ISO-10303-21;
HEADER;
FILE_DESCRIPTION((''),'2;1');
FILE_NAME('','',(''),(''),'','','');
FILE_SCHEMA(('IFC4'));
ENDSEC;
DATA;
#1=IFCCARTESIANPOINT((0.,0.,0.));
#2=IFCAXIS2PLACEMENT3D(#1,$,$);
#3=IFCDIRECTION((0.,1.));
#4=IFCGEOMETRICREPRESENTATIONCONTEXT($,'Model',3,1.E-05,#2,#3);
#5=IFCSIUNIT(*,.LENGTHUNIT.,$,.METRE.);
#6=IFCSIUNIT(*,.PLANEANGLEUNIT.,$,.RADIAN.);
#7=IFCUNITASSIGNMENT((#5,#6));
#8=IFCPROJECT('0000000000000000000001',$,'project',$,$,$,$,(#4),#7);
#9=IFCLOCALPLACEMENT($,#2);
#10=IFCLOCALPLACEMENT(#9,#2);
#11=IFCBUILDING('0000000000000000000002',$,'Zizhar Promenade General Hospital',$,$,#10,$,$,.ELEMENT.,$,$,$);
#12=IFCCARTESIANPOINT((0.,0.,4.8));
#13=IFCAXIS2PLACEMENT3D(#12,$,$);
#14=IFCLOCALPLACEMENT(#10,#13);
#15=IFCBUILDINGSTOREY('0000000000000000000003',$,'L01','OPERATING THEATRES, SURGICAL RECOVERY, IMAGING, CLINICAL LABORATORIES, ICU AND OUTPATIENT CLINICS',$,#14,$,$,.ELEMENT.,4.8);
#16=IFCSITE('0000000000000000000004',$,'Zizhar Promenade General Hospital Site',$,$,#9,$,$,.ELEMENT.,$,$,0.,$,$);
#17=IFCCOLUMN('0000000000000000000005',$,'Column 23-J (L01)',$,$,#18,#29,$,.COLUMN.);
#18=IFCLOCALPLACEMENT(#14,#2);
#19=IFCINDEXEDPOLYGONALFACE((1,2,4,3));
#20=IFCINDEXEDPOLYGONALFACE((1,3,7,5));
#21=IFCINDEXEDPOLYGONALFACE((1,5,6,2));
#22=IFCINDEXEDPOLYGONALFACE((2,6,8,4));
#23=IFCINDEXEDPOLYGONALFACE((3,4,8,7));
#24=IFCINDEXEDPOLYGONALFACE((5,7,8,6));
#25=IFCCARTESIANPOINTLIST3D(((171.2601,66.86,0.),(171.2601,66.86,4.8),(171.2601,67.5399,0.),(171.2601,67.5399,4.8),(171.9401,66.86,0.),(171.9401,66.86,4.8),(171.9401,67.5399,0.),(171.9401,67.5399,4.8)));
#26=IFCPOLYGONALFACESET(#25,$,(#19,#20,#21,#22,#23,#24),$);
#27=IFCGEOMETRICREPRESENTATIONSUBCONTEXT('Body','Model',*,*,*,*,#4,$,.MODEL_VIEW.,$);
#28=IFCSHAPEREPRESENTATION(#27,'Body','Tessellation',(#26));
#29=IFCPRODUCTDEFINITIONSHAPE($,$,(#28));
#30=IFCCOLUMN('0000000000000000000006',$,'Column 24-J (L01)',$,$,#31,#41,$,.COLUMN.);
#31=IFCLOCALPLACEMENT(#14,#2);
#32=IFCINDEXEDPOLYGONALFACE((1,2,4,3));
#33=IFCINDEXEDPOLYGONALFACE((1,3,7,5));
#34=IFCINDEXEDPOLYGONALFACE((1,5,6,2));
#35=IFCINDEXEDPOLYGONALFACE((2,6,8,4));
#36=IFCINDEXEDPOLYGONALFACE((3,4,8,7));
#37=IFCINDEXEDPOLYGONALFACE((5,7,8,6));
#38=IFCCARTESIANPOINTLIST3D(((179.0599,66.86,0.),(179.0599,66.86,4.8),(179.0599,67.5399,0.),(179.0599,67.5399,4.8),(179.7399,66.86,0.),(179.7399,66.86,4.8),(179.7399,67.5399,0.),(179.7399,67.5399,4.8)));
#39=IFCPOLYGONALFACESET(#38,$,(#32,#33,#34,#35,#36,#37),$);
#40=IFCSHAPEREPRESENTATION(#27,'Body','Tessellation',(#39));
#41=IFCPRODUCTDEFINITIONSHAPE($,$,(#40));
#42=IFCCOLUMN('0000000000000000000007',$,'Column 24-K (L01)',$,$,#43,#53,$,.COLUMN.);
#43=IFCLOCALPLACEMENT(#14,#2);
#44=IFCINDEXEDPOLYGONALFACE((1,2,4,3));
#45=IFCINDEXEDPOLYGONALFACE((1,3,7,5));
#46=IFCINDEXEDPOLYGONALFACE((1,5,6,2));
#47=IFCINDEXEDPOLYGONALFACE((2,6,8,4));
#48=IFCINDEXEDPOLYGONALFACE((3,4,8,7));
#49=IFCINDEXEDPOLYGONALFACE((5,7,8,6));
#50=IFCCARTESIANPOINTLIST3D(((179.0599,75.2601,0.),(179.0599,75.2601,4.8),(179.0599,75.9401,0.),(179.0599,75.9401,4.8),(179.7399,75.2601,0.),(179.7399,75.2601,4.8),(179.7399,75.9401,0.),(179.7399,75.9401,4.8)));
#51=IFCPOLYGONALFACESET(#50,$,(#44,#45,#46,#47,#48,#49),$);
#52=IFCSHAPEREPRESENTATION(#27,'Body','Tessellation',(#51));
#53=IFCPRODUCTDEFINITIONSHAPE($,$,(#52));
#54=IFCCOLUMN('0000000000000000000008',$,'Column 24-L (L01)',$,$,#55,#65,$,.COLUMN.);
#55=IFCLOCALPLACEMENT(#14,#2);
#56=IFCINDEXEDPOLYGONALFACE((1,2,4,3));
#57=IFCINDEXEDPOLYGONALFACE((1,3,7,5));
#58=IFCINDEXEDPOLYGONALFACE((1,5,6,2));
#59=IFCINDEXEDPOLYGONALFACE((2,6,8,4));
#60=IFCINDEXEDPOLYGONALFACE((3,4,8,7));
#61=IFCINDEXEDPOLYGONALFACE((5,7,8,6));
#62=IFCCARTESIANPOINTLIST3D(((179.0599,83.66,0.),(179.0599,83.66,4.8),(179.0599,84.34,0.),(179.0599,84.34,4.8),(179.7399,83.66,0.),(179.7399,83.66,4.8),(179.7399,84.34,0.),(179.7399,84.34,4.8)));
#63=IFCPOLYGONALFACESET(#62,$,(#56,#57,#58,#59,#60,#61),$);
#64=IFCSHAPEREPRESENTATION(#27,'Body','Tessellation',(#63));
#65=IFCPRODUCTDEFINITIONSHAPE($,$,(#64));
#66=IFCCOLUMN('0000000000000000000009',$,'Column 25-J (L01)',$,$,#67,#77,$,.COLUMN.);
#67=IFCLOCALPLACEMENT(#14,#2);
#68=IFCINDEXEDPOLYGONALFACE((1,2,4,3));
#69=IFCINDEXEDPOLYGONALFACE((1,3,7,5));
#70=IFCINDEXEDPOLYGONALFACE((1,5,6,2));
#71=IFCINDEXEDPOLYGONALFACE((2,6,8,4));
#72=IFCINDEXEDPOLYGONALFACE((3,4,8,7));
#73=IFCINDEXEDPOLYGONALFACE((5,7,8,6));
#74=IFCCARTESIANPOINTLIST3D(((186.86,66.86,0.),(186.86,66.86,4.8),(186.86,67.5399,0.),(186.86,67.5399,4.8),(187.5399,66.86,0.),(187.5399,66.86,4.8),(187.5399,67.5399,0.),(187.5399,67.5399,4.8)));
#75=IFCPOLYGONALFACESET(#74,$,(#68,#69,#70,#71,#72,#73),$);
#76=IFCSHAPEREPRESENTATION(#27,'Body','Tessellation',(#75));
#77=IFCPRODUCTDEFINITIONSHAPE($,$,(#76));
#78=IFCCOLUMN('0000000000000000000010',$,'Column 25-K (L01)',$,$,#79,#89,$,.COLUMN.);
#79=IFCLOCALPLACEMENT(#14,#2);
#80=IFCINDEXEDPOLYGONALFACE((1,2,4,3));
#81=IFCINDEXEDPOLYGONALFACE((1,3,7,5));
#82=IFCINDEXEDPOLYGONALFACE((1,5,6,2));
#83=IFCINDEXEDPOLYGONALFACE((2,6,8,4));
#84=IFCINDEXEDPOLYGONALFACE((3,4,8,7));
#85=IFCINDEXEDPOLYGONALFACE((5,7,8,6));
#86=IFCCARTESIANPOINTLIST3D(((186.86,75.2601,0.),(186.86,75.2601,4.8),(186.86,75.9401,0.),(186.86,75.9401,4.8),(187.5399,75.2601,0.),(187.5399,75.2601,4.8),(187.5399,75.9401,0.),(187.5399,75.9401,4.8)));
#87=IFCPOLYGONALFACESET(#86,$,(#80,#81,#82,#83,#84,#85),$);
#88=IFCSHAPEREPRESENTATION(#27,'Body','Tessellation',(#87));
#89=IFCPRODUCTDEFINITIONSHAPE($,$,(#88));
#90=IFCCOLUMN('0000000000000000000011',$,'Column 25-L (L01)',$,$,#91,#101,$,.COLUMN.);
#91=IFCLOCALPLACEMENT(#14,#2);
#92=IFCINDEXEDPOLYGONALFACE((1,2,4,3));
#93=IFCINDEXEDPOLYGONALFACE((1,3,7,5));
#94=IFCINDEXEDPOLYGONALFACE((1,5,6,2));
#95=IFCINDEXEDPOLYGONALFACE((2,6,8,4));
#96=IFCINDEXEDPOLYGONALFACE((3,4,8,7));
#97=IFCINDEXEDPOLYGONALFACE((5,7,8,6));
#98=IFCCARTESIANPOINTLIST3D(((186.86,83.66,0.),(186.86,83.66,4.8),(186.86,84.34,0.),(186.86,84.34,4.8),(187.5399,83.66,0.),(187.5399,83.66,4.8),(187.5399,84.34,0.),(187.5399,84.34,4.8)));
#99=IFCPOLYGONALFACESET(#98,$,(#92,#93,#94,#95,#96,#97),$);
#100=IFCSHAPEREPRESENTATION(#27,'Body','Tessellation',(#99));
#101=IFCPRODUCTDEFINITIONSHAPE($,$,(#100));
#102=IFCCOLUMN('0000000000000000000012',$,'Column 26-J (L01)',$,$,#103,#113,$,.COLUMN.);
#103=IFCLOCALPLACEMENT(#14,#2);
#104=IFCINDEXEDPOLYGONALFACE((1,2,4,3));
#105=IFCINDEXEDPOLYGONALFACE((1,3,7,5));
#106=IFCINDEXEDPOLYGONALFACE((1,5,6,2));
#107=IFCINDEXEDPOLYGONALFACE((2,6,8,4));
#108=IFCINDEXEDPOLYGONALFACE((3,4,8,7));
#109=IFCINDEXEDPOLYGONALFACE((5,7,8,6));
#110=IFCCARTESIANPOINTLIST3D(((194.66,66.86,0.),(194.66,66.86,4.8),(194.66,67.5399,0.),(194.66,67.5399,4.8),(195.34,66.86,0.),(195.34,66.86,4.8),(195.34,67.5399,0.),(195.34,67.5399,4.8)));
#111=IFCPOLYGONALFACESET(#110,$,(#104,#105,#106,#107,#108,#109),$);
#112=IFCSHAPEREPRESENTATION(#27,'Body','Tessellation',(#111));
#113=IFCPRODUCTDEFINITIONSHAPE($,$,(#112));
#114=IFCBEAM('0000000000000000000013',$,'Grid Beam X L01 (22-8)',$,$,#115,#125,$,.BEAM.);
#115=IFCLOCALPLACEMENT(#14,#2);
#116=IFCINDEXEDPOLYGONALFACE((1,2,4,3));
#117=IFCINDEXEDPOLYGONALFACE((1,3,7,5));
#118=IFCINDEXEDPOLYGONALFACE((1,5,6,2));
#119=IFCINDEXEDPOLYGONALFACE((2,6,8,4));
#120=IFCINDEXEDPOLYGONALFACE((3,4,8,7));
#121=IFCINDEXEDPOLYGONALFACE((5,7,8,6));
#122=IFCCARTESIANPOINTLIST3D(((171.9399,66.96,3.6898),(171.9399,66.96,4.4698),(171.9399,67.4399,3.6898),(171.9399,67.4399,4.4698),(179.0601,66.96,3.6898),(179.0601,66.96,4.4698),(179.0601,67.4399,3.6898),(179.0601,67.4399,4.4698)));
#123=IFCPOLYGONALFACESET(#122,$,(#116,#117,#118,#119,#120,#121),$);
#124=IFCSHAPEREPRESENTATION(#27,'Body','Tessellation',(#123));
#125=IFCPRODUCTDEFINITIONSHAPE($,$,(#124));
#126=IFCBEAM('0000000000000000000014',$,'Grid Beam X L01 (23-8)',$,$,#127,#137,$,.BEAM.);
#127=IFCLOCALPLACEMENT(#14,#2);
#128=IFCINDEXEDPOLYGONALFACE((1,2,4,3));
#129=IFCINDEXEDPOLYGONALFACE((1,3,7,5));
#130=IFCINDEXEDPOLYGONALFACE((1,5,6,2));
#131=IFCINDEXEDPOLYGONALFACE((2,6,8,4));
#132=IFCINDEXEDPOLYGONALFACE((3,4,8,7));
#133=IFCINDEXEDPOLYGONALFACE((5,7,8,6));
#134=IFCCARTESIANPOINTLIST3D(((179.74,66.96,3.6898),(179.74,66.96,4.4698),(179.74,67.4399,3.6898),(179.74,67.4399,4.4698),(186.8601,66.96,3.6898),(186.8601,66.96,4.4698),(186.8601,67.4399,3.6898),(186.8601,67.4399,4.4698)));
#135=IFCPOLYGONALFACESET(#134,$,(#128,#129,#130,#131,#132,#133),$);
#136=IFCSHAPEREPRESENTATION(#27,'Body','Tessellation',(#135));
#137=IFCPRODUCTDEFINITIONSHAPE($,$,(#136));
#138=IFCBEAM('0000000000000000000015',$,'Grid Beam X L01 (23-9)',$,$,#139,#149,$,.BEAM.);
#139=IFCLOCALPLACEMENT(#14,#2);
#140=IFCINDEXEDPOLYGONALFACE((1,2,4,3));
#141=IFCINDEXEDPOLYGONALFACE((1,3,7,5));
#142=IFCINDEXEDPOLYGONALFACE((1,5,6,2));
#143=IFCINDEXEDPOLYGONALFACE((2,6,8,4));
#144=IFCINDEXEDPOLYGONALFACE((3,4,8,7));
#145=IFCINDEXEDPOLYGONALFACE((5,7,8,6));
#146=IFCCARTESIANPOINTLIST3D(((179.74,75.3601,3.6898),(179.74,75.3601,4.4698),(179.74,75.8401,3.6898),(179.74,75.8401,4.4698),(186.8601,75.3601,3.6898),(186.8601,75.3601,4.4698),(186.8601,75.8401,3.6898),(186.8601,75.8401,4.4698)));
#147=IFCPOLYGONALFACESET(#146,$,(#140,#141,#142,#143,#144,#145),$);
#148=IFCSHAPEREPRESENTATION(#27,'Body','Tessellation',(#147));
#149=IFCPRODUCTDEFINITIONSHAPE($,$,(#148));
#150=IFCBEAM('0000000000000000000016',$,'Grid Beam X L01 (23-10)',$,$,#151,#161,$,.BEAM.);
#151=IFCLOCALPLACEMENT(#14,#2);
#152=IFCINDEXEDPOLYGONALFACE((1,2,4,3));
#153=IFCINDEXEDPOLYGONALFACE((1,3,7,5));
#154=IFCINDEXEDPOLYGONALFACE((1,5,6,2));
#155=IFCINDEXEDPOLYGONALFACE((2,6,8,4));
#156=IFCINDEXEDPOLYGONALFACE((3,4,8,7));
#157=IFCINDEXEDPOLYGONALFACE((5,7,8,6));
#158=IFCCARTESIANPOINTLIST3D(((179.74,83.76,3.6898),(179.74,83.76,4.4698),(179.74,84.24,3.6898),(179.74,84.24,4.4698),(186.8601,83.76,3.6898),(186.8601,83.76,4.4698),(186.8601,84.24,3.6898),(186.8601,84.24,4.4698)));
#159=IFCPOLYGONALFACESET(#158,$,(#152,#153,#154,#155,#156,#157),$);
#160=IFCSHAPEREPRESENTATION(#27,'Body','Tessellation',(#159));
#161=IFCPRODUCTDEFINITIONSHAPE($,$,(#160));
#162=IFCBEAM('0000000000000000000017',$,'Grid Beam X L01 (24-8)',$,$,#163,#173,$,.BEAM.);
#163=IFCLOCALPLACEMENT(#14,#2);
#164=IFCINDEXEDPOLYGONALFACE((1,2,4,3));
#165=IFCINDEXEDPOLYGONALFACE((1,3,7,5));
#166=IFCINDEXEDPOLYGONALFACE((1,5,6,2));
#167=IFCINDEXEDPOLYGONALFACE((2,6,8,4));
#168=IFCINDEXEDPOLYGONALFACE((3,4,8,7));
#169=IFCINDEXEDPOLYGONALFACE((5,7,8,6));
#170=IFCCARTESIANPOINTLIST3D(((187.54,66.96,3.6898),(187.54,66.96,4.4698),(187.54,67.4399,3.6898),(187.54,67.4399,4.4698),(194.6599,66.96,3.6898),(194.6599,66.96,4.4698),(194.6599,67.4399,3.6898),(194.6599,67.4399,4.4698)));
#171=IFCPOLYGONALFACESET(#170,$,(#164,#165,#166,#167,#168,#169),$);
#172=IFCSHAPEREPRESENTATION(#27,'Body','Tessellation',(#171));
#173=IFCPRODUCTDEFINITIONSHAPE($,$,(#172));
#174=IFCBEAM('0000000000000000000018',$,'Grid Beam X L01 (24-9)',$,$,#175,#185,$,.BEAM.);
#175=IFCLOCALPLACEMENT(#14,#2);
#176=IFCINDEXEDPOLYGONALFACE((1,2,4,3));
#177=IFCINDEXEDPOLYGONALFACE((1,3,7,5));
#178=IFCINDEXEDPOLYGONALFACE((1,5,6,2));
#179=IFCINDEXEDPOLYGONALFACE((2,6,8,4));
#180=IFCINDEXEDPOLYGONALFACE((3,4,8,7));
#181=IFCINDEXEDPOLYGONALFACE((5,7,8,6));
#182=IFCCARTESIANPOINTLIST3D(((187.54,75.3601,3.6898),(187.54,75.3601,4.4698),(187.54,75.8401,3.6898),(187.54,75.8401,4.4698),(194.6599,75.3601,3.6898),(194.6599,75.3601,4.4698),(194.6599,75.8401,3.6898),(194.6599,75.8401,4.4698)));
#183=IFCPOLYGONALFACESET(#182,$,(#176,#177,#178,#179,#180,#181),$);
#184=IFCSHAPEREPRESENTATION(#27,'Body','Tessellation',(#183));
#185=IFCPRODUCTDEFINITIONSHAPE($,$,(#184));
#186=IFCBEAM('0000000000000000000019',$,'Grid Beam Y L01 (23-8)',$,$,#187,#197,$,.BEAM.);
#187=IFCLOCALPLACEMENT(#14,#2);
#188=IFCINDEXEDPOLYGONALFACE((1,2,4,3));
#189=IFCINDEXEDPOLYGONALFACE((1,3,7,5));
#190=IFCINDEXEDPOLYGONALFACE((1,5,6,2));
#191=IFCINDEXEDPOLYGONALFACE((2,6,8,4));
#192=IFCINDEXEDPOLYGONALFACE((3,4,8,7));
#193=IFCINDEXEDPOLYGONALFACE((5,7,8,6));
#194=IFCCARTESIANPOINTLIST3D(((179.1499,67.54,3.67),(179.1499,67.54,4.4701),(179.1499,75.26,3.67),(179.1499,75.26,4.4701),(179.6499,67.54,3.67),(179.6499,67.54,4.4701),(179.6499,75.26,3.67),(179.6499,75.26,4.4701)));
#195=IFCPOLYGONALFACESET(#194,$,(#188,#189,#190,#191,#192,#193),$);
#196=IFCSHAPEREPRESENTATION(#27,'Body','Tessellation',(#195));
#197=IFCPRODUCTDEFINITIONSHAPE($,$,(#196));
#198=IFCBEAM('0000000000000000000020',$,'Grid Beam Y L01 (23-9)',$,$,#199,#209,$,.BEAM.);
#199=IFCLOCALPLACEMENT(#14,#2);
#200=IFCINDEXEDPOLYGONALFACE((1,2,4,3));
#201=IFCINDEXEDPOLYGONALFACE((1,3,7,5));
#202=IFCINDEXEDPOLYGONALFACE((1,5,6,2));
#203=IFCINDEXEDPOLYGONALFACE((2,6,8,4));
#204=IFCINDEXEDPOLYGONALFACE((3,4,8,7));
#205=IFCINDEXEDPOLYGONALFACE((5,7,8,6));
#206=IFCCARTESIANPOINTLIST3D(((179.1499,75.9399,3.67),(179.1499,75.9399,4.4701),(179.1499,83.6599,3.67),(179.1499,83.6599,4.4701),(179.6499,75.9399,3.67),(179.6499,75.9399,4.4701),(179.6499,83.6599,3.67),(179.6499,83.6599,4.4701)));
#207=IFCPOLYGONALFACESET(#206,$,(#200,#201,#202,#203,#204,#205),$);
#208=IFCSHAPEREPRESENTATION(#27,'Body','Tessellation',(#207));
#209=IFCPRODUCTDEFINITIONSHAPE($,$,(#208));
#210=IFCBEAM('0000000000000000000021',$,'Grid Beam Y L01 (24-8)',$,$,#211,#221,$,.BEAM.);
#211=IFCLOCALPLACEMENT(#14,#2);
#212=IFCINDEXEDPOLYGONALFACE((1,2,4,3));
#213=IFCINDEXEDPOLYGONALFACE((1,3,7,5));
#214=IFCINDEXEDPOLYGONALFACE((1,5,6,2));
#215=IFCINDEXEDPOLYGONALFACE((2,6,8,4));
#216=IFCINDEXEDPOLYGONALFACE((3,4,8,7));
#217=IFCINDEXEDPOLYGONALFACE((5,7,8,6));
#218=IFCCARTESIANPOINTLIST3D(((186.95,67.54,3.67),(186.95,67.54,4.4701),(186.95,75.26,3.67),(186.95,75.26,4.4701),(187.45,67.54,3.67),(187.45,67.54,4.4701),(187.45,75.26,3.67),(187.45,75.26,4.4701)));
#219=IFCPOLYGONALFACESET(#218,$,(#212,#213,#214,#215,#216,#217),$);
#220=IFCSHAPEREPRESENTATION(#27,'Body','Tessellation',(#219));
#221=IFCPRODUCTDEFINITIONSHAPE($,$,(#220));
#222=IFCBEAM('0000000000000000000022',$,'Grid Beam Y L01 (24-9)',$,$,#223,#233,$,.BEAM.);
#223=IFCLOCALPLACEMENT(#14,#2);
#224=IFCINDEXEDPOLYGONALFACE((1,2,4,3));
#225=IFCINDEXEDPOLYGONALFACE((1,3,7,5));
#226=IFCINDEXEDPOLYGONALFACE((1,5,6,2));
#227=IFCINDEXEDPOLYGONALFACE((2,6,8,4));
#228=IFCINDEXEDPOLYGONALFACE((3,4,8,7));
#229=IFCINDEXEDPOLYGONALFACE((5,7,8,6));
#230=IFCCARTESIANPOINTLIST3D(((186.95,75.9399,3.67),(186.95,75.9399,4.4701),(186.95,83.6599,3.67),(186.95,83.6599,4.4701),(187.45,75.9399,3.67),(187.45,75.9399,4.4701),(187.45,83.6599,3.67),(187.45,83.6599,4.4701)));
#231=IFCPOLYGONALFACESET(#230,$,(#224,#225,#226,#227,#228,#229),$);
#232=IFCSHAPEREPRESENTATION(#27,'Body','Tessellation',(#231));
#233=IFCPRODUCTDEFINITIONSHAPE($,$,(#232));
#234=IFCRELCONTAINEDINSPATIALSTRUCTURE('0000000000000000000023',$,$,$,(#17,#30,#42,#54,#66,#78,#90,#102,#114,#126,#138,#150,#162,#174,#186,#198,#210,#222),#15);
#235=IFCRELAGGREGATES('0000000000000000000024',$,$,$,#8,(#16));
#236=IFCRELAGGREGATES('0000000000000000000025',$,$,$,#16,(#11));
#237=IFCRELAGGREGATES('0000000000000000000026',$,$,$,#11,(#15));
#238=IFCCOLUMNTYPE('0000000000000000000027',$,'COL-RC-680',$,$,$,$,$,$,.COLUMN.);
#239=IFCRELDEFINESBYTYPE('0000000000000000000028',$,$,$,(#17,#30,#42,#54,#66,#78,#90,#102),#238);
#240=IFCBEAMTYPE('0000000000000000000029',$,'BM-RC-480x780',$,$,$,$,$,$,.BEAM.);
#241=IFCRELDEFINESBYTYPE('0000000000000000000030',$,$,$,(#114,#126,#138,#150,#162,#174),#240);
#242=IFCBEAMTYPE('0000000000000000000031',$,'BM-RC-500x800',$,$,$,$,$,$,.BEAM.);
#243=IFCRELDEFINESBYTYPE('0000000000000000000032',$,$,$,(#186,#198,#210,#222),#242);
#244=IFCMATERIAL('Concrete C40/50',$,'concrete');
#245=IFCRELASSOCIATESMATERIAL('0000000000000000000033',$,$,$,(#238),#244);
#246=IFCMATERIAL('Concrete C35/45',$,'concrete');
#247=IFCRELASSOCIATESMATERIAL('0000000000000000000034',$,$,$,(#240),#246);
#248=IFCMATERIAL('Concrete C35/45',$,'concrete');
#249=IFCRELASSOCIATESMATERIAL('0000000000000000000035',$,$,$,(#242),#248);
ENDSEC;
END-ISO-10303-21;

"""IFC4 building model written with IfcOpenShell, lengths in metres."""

from ifc_helpers import new_model, si_unit, direction, frame, origin, origin_2d, place, context, subcontext, project, spatial, rectangle, extrude, material, material_profile, profile_set, type_object, element, save


model = new_model("IFC4")

# Units and contexts
model_context = context("Model", 3, precision=1e-05, world=origin(), true_north=direction((0.0, 1.0)))
body_context = subcontext(model_context, "Body", "Model", "MODEL_VIEW")
ifc_project = project(units=[si_unit("LENGTHUNIT", "METRE"), si_unit("PLANEANGLEUNIT", "RADIAN")], contexts=[model_context])

# Site, building, storey
site_placement = place(None, origin())
site = spatial("IfcSite", under=ifc_project, at=site_placement, Name="Zizhar Promenade General Hospital Site", CompositionType="ELEMENT", RefElevation=0.0)
building_placement = place(site_placement, origin())
building = spatial("IfcBuilding", under=site, at=building_placement, Name="Zizhar Promenade General Hospital", CompositionType="ELEMENT")
storey_placement = place(building_placement, frame((0.0, 0.0, 4.8)))
storey = spatial("IfcBuildingStorey", under=building, at=storey_placement, Name="L01", Description="OPERATING THEATRES, SURGICAL RECOVERY, IMAGING, CLINICAL LABORATORIES, ICU AND OUTPATIENT CLINICS", CompositionType="ELEMENT", Elevation=4.8)

# Columns
ifc_material_1 = material(Name="Concrete C40/50", Category="concrete")
ifc_material_profile_1 = material_profile(ifc_material_1, rectangle(XDim=0.6799, YDim=0.6799, at=origin_2d()))
ifc_profile_set_1 = profile_set([ifc_material_profile_1], Name="Concrete C40/50")
column_type = type_object("IfcColumnType", Name="COL-RC-680", PredefinedType="COLUMN", material=ifc_profile_set_1)
for number, where, z_axis, x_axis, name in (
    (1, (171.6001, 67.2, 0.0), (0.0, 0.0, 1.0), (1.0, 0.0, 0.0), "Column 23-J (L01)"),
    (2, (179.3999, 67.2, 0.0), (0.0, 0.0, 1.0), (1.0, 0.0, 0.0), "Column 24-J (L01)"),
    (3, (179.3999, 75.6001, 0.0), (0.0, 0.0, 1.0), (1.0, 0.0, 0.0), "Column 24-K (L01)"),
    (4, (179.3999, 84.0, 0.0), (0.0, 0.0, 1.0), (1.0, 0.0, 0.0), "Column 24-L (L01)"),
    (5, (187.2, 67.2, 0.0), (0.0, 0.0, 1.0), (1.0, 0.0, 0.0), "Column 25-J (L01)"),
    (6, (187.2, 75.6001, 0.0), (0.0, 0.0, 1.0), (1.0, 0.0, 0.0), "Column 25-K (L01)"),
    (7, (187.2, 84.0, 0.0), (0.0, 0.0, 1.0), (1.0, 0.0, 0.0), "Column 25-L (L01)"),
    (8, (195.0, 67.2, 0.0), (0.0, 0.0, 1.0), (1.0, 0.0, 0.0), "Column 26-J (L01)"),
):
    element("IfcColumn", number, at=place(storey_placement, frame(where, z_axis=z_axis, x_axis=x_axis)), inside=storey, type_object=column_type, Name=name, PredefinedType="COLUMN", context=body_context, shape_type="SweptSolid", body=[
        extrude(rectangle(XDim=0.6799, YDim=0.6799, at=origin_2d()), origin(), (0.0, 0.0, 1.0), 4.8),
    ])

# Beams
ifc_material_2 = material(Name="Concrete C35/45", Category="concrete")
ifc_material_profile_2 = material_profile(ifc_material_2, rectangle(XDim=0.48, YDim=0.78, at=origin_2d()))
ifc_profile_set_2 = profile_set([ifc_material_profile_2], Name="Concrete C35/45")
beam_type_1 = type_object("IfcBeamType", Name="BM-RC-480x780", PredefinedType="BEAM", material=ifc_profile_set_2)
for number, where, z_axis, x_axis, name in (
    (9, (171.9399, 67.2, 4.0798), (1.0, 0.0, 0.0), (0.0, 1.0, 0.0), "Grid Beam X L01 (22-8)"),
    (10, (179.74, 67.2, 4.0798), (1.0, 0.0, 0.0), (0.0, 1.0, 0.0), "Grid Beam X L01 (23-8)"),
    (11, (179.74, 75.6001, 4.0798), (1.0, 0.0, 0.0), (0.0, 1.0, 0.0), "Grid Beam X L01 (23-9)"),
    (12, (179.74, 84.0, 4.0798), (1.0, 0.0, 0.0), (0.0, 1.0, 0.0), "Grid Beam X L01 (23-10)"),
):
    element("IfcBeam", number, at=place(storey_placement, frame(where, z_axis=z_axis, x_axis=x_axis)), inside=storey, type_object=beam_type_1, Name=name, PredefinedType="BEAM", context=body_context, shape_type="SweptSolid", body=[
        extrude(rectangle(XDim=0.48, YDim=0.78, at=origin_2d()), origin(), (0.0, 0.0, 1.0), 7.1201),
    ])
for number, where, z_axis, x_axis, name in (
    (13, (187.54, 67.2, 4.0798), (1.0, 0.0, 0.0), (0.0, 1.0, 0.0), "Grid Beam X L01 (24-8)"),
    (14, (187.54, 75.6001, 4.0798), (1.0, 0.0, 0.0), (0.0, 1.0, 0.0), "Grid Beam X L01 (24-9)"),
):
    element("IfcBeam", number, at=place(storey_placement, frame(where, z_axis=z_axis, x_axis=x_axis)), inside=storey, type_object=beam_type_1, Name=name, PredefinedType="BEAM", context=body_context, shape_type="SweptSolid", body=[
        extrude(rectangle(XDim=0.48, YDim=0.78, at=origin_2d()), origin(), (0.0, 0.0, 1.0), 7.1199),
    ])
ifc_material_3 = material(Name="Concrete C35/45", Category="concrete")
ifc_material_profile_3 = material_profile(ifc_material_3, rectangle(XDim=0.5, YDim=0.8, at=origin_2d()))
ifc_profile_set_3 = profile_set([ifc_material_profile_3], Name="Concrete C35/45")
beam_type_2 = type_object("IfcBeamType", Name="BM-RC-500x800", PredefinedType="BEAM", material=ifc_profile_set_3)
for number, where, z_axis, x_axis, name in (
    (15, (179.3999, 67.54, 4.0701), (0.0, 1.0, 0.0), (-1.0, 0.0, 0.0), "Grid Beam Y L01 (23-8)"),
    (16, (179.3999, 75.9399, 4.0701), (0.0, 1.0, 0.0), (-1.0, 0.0, 0.0), "Grid Beam Y L01 (23-9)"),
    (17, (187.2, 67.54, 4.0701), (0.0, 1.0, 0.0), (-1.0, 0.0, 0.0), "Grid Beam Y L01 (24-8)"),
    (18, (187.2, 75.9399, 4.0701), (0.0, 1.0, 0.0), (-1.0, 0.0, 0.0), "Grid Beam Y L01 (24-9)"),
):
    element("IfcBeam", number, at=place(storey_placement, frame(where, z_axis=z_axis, x_axis=x_axis)), inside=storey, type_object=beam_type_2, Name=name, PredefinedType="BEAM", context=body_context, shape_type="SweptSolid", body=[
        extrude(rectangle(XDim=0.5, YDim=0.8, at=origin_2d()), origin(), (0.0, 0.0, 1.0), 7.72),
    ])

save(model, "model.ifc")
